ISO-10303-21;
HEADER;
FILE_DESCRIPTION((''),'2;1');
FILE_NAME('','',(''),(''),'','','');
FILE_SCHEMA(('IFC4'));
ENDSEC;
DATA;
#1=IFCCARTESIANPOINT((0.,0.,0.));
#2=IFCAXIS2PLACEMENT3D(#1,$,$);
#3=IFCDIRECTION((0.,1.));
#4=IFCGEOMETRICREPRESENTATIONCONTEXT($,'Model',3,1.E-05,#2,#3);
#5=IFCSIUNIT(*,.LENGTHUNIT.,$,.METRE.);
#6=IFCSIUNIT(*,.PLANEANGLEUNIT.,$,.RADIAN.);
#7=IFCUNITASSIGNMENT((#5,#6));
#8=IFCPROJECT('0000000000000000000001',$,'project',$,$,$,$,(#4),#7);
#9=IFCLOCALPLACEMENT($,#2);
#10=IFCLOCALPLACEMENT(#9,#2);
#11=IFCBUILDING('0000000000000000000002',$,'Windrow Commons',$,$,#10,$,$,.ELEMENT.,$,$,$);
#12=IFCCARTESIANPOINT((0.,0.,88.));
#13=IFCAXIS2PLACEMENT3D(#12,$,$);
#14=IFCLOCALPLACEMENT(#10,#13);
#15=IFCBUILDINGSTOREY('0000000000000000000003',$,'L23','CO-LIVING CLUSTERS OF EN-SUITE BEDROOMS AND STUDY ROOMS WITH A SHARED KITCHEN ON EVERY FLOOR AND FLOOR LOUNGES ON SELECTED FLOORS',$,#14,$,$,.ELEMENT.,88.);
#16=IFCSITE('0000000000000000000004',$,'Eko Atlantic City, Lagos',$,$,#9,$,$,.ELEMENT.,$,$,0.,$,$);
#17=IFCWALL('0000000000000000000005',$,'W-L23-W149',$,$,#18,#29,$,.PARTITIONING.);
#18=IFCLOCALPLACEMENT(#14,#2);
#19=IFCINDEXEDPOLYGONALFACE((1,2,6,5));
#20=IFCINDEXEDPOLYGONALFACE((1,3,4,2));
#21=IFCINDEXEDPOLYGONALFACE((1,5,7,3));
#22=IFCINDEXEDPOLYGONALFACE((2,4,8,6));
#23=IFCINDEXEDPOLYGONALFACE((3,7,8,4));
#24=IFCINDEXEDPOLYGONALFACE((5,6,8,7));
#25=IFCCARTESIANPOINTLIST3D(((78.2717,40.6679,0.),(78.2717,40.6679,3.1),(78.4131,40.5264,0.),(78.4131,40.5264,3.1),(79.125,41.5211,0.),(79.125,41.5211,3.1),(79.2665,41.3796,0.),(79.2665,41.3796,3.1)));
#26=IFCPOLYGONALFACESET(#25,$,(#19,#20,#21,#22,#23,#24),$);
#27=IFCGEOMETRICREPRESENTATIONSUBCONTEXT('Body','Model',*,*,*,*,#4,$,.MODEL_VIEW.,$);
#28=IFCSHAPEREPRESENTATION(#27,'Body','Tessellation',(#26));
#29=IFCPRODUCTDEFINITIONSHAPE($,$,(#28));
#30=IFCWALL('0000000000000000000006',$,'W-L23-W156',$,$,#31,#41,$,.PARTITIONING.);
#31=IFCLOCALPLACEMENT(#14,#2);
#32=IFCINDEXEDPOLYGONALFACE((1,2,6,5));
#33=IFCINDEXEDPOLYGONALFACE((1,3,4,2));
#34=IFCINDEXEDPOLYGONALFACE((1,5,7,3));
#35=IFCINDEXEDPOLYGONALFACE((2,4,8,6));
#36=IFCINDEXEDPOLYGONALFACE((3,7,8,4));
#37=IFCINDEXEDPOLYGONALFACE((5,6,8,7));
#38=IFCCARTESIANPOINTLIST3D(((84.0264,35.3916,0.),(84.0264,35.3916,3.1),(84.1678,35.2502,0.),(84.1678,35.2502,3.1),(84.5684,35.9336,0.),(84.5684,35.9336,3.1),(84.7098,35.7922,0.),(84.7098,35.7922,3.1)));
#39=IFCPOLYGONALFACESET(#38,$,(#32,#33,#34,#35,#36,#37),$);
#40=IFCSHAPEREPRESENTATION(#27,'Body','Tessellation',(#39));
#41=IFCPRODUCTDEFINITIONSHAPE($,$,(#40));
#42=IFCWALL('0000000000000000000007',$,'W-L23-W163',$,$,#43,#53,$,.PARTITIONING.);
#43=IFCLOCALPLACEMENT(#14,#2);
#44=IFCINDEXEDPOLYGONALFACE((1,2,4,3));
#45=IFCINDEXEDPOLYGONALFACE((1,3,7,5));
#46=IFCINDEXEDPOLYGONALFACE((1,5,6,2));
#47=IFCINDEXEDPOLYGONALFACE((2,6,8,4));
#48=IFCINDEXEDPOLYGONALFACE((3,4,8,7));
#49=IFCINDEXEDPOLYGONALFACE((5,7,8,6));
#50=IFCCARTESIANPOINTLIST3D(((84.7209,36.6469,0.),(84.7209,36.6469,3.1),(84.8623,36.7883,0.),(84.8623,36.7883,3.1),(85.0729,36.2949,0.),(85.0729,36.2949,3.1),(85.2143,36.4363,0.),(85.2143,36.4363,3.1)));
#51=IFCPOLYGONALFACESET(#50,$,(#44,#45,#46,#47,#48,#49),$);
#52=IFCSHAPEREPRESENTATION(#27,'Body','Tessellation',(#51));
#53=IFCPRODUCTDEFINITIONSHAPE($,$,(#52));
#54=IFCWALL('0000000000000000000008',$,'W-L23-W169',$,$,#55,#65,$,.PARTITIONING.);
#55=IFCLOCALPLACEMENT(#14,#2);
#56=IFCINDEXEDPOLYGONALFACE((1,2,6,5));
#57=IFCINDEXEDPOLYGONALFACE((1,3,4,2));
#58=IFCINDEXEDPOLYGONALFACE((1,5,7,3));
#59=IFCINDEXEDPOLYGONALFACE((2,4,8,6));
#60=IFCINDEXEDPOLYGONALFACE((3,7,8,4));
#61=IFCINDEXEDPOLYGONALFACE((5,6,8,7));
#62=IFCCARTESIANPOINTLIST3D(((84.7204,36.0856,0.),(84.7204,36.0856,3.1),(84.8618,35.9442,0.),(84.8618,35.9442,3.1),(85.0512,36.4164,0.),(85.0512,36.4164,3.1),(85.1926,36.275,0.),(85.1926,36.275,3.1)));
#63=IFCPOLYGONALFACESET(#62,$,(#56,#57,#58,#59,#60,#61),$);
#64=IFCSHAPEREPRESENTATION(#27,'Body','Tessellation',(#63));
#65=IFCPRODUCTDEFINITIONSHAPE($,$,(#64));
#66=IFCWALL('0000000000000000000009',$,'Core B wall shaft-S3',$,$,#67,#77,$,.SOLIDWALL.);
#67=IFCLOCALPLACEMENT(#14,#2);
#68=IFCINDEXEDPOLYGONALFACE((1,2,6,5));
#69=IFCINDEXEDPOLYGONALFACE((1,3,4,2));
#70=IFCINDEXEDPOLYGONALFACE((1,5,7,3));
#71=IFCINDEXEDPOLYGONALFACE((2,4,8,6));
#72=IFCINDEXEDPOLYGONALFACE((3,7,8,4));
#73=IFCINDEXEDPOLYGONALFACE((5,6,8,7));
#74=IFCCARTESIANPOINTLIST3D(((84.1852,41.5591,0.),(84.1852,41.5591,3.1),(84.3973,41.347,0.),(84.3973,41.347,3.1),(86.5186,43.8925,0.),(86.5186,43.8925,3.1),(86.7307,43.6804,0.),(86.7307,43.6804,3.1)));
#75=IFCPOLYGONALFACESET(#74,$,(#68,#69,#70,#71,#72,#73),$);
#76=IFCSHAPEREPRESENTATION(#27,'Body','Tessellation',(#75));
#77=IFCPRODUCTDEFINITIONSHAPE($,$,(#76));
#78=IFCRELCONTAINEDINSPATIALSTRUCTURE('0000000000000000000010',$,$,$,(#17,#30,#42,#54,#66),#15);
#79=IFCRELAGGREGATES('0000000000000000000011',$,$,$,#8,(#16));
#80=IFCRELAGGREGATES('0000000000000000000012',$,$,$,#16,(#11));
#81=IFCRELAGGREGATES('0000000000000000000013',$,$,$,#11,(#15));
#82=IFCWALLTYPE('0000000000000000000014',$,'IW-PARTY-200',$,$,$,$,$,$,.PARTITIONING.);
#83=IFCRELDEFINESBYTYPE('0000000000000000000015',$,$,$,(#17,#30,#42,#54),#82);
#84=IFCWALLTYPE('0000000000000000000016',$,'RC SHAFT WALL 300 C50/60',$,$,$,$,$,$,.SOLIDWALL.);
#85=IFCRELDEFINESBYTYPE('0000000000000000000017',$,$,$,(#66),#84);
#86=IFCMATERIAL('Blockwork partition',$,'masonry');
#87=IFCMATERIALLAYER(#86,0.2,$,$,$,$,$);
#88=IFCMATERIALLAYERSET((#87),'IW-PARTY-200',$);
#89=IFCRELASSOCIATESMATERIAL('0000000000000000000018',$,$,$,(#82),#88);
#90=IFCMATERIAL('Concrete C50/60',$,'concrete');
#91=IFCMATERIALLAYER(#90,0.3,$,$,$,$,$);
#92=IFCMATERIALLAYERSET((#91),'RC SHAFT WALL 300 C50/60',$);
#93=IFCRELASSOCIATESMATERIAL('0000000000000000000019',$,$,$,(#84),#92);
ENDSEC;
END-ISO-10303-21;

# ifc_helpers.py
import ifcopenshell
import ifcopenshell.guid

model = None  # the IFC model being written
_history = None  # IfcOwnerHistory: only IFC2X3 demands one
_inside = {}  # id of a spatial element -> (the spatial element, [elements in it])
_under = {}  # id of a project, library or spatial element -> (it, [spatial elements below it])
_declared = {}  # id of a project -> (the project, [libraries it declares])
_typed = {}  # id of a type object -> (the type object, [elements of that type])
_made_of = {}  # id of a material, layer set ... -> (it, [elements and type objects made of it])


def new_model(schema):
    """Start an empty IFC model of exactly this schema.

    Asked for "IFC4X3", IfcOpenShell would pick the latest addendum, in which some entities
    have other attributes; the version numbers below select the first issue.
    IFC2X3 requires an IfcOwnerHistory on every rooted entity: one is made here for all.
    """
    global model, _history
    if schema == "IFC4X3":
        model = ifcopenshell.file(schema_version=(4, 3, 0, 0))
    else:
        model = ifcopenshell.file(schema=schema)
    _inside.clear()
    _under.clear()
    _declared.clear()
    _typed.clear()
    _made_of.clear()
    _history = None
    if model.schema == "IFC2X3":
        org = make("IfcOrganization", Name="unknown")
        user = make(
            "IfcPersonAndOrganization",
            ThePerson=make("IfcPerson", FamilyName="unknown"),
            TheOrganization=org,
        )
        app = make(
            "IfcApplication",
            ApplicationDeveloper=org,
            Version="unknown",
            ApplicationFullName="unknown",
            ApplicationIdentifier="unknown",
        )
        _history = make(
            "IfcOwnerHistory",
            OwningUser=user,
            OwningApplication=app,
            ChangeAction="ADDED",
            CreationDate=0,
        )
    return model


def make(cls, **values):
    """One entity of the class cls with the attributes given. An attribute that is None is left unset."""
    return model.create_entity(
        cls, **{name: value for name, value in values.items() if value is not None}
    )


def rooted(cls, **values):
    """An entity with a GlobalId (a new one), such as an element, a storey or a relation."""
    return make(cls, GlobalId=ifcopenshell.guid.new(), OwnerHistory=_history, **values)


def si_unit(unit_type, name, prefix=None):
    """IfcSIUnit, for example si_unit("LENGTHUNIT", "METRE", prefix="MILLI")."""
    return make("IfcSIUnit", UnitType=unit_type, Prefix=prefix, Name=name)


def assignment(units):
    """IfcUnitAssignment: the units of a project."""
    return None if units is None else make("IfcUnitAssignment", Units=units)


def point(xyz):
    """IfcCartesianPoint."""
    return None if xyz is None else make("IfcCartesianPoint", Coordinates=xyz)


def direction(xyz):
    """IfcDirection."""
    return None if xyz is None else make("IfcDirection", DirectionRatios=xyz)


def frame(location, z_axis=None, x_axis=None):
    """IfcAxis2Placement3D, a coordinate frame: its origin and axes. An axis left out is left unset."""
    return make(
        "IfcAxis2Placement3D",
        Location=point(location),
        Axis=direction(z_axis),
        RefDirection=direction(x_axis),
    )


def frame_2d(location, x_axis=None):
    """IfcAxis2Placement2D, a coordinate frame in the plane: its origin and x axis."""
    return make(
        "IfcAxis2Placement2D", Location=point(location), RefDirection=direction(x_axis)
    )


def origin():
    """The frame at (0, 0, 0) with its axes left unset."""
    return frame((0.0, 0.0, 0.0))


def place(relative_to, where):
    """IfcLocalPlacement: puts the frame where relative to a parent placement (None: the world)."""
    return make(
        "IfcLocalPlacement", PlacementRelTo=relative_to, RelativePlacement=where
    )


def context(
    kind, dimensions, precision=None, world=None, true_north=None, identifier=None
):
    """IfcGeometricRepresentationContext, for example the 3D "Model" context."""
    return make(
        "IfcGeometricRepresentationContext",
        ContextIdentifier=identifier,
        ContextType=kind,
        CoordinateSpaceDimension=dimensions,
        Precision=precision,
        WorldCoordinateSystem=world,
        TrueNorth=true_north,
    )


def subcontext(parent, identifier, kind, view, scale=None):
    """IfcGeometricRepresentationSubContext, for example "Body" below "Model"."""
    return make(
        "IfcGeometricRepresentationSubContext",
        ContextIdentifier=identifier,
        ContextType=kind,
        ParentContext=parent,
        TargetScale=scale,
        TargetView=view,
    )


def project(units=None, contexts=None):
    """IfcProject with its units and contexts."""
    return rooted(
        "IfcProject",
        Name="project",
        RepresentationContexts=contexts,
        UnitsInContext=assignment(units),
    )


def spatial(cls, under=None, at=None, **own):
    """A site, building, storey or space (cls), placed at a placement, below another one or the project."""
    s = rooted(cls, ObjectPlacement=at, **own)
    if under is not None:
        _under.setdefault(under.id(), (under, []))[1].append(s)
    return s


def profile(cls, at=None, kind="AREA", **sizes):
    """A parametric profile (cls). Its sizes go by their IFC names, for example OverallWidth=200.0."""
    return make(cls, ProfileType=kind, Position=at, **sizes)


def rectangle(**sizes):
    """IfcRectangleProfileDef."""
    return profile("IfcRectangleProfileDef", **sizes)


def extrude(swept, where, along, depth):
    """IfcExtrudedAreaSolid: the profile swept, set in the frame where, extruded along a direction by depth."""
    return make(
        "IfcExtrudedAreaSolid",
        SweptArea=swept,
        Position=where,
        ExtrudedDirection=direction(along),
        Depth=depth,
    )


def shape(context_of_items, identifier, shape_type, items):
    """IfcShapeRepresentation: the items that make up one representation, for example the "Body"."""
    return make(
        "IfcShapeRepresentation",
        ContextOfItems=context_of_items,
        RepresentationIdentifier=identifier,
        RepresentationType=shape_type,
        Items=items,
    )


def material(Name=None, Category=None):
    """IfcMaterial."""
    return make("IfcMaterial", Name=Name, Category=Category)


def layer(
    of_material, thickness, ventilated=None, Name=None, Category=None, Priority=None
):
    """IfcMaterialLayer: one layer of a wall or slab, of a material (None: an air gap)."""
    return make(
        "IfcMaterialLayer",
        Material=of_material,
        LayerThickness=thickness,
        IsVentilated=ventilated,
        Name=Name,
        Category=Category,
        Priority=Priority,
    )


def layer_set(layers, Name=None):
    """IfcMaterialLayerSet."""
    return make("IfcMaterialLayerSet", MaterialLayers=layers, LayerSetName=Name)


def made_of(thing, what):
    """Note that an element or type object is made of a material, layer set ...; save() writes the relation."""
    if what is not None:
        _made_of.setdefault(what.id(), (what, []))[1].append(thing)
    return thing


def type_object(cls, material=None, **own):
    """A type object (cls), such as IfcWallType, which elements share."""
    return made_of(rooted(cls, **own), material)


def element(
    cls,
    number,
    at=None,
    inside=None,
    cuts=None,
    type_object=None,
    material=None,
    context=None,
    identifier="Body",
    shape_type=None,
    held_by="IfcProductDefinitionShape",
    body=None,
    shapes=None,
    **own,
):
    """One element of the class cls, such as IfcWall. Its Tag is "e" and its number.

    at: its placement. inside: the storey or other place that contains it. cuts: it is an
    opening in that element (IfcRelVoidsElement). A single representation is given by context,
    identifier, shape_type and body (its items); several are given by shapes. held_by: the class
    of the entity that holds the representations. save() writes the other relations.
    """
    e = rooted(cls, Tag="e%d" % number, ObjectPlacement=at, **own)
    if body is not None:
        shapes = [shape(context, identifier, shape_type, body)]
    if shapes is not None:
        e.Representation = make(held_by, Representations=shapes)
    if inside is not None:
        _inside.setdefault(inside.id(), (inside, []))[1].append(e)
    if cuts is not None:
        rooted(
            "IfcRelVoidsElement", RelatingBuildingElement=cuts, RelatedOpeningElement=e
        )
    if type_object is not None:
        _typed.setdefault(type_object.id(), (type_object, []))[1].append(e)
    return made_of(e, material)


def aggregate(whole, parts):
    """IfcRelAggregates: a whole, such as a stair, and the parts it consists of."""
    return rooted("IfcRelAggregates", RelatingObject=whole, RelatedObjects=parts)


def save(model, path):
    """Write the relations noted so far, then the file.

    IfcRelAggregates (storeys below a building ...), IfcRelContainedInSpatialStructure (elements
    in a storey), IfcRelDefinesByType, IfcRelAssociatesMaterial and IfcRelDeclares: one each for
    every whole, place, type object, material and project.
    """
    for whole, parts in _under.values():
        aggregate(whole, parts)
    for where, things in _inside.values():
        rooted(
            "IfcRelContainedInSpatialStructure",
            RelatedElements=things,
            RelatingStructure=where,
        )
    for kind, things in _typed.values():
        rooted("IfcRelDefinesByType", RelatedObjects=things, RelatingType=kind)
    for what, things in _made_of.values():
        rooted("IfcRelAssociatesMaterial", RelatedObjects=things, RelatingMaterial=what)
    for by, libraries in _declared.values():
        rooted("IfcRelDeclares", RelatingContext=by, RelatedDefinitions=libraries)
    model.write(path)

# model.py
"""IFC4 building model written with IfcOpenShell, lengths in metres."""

from ifc_helpers import new_model, si_unit, direction, frame, frame_2d, origin, place, context, subcontext, project, spatial, rectangle, extrude, material, layer, layer_set, type_object, element, save


model = new_model("IFC4")

# Units and contexts
model_context = context("Model", 3, precision=1e-05, world=origin(), true_north=direction((0.0, 1.0)))
body_context = subcontext(model_context, "Body", "Model", "MODEL_VIEW")
ifc_project = project(units=[si_unit("LENGTHUNIT", "METRE"), si_unit("PLANEANGLEUNIT", "RADIAN")], contexts=[model_context])

# Site, building, storey
site_placement = place(None, origin())
site = spatial("IfcSite", under=ifc_project, at=site_placement, Name="Eko Atlantic City, Lagos", CompositionType="ELEMENT", RefElevation=0.0)
building_placement = place(site_placement, origin())
building = spatial("IfcBuilding", under=site, at=building_placement, Name="Windrow Commons", CompositionType="ELEMENT")
storey_placement = place(building_placement, frame((0.0, 0.0, 88.0)))
storey = spatial("IfcBuildingStorey", under=building, at=storey_placement, Name="L23", Description="CO-LIVING CLUSTERS OF EN-SUITE BEDROOMS AND STUDY ROOMS WITH A SHARED KITCHEN ON EVERY FLOOR AND FLOOR LOUNGES ON SELECTED FLOORS", CompositionType="ELEMENT", Elevation=88.0)

# Walls
ifc_material_1 = material(Name="Blockwork partition", Category="masonry")
ifc_layer_1 = layer(ifc_material_1, 0.2)
ifc_layer_set_1 = layer_set([ifc_layer_1], Name="IW-PARTY-200")
wall_type_1 = type_object("IfcWallType", Name="IW-PARTY-200", PredefinedType="PARTITIONING", material=ifc_layer_set_1)
wall_1_placement = place(storey_placement, frame((78.3424, 40.5971, 0.0), z_axis=(0.0, 0.0, 1.0), x_axis=(0.707148, 0.707065, 0.0)))
element("IfcWall", 1, at=wall_1_placement, inside=storey, type_object=wall_type_1, Name="W-L23-W149", PredefinedType="PARTITIONING", context=body_context, shape_type="SweptSolid", body=[
    extrude(rectangle(XDim=1.2067, YDim=0.2, at=frame_2d((0.6034, 0.0))), origin(), (0.0, 0.0, 1.0), 3.1),
])
wall_2_placement = place(storey_placement, frame((84.0971, 35.3209, 0.0), z_axis=(0.0, 0.0, 1.0), x_axis=(0.707107, 0.707107, 0.0)))
element("IfcWall", 2, at=wall_2_placement, inside=storey, type_object=wall_type_1, Name="W-L23-W156", PredefinedType="PARTITIONING", context=body_context, shape_type="SweptSolid", body=[
    extrude(rectangle(XDim=0.7665, YDim=0.2, at=frame_2d((0.3832, 0.0))), origin(), (0.0, 0.0, 1.0), 3.1),
])
wall_3_placement = place(storey_placement, frame((84.7916, 36.7176, 0.0), z_axis=(0.0, 0.0, 1.0), x_axis=(0.707107, -0.707107, 0.0)))
element("IfcWall", 3, at=wall_3_placement, inside=storey, type_object=wall_type_1, Name="W-L23-W163", PredefinedType="PARTITIONING", context=body_context, shape_type="SweptSolid", body=[
    extrude(rectangle(XDim=0.4978, YDim=0.2, at=frame_2d((0.2489, 0.0))), origin(), (0.0, 0.0, 1.0), 3.1),
])
wall_4_placement = place(storey_placement, frame((84.7911, 36.0149, 0.0), z_axis=(0.0, 0.0, 1.0), x_axis=(0.707107, 0.707107, 0.0)))
element("IfcWall", 4, at=wall_4_placement, inside=storey, type_object=wall_type_1, Name="W-L23-W169", PredefinedType="PARTITIONING", context=body_context, shape_type="SweptSolid", body=[
    extrude(rectangle(XDim=0.4678, YDim=0.2, at=frame_2d((0.2339, 0.0))), origin(), (0.0, 0.0, 1.0), 3.1),
])
ifc_material_2 = material(Name="Concrete C50/60", Category="concrete")
ifc_layer_2 = layer(ifc_material_2, 0.3)
ifc_layer_set_2 = layer_set([ifc_layer_2], Name="RC SHAFT WALL 300 C50/60")
wall_type_2 = type_object("IfcWallType", Name="RC SHAFT WALL 300 C50/60", PredefinedType="SOLIDWALL", material=ifc_layer_set_2)
wall_5_placement = place(storey_placement, frame((84.2912, 41.453, 0.0), z_axis=(0.0, 0.0, 1.0), x_axis=(0.707107, 0.707107, 0.0)))
element("IfcWall", 5, at=wall_5_placement, inside=storey, type_object=wall_type_2, Name="Core B wall shaft-S3", PredefinedType="SOLIDWALL", context=body_context, shape_type="SweptSolid", body=[
    extrude(rectangle(XDim=3.2999, YDim=0.3, at=frame_2d((1.65, 0.0))), origin(), (0.0, 0.0, 1.0), 3.1),
])

save(model, "model.ifc")
